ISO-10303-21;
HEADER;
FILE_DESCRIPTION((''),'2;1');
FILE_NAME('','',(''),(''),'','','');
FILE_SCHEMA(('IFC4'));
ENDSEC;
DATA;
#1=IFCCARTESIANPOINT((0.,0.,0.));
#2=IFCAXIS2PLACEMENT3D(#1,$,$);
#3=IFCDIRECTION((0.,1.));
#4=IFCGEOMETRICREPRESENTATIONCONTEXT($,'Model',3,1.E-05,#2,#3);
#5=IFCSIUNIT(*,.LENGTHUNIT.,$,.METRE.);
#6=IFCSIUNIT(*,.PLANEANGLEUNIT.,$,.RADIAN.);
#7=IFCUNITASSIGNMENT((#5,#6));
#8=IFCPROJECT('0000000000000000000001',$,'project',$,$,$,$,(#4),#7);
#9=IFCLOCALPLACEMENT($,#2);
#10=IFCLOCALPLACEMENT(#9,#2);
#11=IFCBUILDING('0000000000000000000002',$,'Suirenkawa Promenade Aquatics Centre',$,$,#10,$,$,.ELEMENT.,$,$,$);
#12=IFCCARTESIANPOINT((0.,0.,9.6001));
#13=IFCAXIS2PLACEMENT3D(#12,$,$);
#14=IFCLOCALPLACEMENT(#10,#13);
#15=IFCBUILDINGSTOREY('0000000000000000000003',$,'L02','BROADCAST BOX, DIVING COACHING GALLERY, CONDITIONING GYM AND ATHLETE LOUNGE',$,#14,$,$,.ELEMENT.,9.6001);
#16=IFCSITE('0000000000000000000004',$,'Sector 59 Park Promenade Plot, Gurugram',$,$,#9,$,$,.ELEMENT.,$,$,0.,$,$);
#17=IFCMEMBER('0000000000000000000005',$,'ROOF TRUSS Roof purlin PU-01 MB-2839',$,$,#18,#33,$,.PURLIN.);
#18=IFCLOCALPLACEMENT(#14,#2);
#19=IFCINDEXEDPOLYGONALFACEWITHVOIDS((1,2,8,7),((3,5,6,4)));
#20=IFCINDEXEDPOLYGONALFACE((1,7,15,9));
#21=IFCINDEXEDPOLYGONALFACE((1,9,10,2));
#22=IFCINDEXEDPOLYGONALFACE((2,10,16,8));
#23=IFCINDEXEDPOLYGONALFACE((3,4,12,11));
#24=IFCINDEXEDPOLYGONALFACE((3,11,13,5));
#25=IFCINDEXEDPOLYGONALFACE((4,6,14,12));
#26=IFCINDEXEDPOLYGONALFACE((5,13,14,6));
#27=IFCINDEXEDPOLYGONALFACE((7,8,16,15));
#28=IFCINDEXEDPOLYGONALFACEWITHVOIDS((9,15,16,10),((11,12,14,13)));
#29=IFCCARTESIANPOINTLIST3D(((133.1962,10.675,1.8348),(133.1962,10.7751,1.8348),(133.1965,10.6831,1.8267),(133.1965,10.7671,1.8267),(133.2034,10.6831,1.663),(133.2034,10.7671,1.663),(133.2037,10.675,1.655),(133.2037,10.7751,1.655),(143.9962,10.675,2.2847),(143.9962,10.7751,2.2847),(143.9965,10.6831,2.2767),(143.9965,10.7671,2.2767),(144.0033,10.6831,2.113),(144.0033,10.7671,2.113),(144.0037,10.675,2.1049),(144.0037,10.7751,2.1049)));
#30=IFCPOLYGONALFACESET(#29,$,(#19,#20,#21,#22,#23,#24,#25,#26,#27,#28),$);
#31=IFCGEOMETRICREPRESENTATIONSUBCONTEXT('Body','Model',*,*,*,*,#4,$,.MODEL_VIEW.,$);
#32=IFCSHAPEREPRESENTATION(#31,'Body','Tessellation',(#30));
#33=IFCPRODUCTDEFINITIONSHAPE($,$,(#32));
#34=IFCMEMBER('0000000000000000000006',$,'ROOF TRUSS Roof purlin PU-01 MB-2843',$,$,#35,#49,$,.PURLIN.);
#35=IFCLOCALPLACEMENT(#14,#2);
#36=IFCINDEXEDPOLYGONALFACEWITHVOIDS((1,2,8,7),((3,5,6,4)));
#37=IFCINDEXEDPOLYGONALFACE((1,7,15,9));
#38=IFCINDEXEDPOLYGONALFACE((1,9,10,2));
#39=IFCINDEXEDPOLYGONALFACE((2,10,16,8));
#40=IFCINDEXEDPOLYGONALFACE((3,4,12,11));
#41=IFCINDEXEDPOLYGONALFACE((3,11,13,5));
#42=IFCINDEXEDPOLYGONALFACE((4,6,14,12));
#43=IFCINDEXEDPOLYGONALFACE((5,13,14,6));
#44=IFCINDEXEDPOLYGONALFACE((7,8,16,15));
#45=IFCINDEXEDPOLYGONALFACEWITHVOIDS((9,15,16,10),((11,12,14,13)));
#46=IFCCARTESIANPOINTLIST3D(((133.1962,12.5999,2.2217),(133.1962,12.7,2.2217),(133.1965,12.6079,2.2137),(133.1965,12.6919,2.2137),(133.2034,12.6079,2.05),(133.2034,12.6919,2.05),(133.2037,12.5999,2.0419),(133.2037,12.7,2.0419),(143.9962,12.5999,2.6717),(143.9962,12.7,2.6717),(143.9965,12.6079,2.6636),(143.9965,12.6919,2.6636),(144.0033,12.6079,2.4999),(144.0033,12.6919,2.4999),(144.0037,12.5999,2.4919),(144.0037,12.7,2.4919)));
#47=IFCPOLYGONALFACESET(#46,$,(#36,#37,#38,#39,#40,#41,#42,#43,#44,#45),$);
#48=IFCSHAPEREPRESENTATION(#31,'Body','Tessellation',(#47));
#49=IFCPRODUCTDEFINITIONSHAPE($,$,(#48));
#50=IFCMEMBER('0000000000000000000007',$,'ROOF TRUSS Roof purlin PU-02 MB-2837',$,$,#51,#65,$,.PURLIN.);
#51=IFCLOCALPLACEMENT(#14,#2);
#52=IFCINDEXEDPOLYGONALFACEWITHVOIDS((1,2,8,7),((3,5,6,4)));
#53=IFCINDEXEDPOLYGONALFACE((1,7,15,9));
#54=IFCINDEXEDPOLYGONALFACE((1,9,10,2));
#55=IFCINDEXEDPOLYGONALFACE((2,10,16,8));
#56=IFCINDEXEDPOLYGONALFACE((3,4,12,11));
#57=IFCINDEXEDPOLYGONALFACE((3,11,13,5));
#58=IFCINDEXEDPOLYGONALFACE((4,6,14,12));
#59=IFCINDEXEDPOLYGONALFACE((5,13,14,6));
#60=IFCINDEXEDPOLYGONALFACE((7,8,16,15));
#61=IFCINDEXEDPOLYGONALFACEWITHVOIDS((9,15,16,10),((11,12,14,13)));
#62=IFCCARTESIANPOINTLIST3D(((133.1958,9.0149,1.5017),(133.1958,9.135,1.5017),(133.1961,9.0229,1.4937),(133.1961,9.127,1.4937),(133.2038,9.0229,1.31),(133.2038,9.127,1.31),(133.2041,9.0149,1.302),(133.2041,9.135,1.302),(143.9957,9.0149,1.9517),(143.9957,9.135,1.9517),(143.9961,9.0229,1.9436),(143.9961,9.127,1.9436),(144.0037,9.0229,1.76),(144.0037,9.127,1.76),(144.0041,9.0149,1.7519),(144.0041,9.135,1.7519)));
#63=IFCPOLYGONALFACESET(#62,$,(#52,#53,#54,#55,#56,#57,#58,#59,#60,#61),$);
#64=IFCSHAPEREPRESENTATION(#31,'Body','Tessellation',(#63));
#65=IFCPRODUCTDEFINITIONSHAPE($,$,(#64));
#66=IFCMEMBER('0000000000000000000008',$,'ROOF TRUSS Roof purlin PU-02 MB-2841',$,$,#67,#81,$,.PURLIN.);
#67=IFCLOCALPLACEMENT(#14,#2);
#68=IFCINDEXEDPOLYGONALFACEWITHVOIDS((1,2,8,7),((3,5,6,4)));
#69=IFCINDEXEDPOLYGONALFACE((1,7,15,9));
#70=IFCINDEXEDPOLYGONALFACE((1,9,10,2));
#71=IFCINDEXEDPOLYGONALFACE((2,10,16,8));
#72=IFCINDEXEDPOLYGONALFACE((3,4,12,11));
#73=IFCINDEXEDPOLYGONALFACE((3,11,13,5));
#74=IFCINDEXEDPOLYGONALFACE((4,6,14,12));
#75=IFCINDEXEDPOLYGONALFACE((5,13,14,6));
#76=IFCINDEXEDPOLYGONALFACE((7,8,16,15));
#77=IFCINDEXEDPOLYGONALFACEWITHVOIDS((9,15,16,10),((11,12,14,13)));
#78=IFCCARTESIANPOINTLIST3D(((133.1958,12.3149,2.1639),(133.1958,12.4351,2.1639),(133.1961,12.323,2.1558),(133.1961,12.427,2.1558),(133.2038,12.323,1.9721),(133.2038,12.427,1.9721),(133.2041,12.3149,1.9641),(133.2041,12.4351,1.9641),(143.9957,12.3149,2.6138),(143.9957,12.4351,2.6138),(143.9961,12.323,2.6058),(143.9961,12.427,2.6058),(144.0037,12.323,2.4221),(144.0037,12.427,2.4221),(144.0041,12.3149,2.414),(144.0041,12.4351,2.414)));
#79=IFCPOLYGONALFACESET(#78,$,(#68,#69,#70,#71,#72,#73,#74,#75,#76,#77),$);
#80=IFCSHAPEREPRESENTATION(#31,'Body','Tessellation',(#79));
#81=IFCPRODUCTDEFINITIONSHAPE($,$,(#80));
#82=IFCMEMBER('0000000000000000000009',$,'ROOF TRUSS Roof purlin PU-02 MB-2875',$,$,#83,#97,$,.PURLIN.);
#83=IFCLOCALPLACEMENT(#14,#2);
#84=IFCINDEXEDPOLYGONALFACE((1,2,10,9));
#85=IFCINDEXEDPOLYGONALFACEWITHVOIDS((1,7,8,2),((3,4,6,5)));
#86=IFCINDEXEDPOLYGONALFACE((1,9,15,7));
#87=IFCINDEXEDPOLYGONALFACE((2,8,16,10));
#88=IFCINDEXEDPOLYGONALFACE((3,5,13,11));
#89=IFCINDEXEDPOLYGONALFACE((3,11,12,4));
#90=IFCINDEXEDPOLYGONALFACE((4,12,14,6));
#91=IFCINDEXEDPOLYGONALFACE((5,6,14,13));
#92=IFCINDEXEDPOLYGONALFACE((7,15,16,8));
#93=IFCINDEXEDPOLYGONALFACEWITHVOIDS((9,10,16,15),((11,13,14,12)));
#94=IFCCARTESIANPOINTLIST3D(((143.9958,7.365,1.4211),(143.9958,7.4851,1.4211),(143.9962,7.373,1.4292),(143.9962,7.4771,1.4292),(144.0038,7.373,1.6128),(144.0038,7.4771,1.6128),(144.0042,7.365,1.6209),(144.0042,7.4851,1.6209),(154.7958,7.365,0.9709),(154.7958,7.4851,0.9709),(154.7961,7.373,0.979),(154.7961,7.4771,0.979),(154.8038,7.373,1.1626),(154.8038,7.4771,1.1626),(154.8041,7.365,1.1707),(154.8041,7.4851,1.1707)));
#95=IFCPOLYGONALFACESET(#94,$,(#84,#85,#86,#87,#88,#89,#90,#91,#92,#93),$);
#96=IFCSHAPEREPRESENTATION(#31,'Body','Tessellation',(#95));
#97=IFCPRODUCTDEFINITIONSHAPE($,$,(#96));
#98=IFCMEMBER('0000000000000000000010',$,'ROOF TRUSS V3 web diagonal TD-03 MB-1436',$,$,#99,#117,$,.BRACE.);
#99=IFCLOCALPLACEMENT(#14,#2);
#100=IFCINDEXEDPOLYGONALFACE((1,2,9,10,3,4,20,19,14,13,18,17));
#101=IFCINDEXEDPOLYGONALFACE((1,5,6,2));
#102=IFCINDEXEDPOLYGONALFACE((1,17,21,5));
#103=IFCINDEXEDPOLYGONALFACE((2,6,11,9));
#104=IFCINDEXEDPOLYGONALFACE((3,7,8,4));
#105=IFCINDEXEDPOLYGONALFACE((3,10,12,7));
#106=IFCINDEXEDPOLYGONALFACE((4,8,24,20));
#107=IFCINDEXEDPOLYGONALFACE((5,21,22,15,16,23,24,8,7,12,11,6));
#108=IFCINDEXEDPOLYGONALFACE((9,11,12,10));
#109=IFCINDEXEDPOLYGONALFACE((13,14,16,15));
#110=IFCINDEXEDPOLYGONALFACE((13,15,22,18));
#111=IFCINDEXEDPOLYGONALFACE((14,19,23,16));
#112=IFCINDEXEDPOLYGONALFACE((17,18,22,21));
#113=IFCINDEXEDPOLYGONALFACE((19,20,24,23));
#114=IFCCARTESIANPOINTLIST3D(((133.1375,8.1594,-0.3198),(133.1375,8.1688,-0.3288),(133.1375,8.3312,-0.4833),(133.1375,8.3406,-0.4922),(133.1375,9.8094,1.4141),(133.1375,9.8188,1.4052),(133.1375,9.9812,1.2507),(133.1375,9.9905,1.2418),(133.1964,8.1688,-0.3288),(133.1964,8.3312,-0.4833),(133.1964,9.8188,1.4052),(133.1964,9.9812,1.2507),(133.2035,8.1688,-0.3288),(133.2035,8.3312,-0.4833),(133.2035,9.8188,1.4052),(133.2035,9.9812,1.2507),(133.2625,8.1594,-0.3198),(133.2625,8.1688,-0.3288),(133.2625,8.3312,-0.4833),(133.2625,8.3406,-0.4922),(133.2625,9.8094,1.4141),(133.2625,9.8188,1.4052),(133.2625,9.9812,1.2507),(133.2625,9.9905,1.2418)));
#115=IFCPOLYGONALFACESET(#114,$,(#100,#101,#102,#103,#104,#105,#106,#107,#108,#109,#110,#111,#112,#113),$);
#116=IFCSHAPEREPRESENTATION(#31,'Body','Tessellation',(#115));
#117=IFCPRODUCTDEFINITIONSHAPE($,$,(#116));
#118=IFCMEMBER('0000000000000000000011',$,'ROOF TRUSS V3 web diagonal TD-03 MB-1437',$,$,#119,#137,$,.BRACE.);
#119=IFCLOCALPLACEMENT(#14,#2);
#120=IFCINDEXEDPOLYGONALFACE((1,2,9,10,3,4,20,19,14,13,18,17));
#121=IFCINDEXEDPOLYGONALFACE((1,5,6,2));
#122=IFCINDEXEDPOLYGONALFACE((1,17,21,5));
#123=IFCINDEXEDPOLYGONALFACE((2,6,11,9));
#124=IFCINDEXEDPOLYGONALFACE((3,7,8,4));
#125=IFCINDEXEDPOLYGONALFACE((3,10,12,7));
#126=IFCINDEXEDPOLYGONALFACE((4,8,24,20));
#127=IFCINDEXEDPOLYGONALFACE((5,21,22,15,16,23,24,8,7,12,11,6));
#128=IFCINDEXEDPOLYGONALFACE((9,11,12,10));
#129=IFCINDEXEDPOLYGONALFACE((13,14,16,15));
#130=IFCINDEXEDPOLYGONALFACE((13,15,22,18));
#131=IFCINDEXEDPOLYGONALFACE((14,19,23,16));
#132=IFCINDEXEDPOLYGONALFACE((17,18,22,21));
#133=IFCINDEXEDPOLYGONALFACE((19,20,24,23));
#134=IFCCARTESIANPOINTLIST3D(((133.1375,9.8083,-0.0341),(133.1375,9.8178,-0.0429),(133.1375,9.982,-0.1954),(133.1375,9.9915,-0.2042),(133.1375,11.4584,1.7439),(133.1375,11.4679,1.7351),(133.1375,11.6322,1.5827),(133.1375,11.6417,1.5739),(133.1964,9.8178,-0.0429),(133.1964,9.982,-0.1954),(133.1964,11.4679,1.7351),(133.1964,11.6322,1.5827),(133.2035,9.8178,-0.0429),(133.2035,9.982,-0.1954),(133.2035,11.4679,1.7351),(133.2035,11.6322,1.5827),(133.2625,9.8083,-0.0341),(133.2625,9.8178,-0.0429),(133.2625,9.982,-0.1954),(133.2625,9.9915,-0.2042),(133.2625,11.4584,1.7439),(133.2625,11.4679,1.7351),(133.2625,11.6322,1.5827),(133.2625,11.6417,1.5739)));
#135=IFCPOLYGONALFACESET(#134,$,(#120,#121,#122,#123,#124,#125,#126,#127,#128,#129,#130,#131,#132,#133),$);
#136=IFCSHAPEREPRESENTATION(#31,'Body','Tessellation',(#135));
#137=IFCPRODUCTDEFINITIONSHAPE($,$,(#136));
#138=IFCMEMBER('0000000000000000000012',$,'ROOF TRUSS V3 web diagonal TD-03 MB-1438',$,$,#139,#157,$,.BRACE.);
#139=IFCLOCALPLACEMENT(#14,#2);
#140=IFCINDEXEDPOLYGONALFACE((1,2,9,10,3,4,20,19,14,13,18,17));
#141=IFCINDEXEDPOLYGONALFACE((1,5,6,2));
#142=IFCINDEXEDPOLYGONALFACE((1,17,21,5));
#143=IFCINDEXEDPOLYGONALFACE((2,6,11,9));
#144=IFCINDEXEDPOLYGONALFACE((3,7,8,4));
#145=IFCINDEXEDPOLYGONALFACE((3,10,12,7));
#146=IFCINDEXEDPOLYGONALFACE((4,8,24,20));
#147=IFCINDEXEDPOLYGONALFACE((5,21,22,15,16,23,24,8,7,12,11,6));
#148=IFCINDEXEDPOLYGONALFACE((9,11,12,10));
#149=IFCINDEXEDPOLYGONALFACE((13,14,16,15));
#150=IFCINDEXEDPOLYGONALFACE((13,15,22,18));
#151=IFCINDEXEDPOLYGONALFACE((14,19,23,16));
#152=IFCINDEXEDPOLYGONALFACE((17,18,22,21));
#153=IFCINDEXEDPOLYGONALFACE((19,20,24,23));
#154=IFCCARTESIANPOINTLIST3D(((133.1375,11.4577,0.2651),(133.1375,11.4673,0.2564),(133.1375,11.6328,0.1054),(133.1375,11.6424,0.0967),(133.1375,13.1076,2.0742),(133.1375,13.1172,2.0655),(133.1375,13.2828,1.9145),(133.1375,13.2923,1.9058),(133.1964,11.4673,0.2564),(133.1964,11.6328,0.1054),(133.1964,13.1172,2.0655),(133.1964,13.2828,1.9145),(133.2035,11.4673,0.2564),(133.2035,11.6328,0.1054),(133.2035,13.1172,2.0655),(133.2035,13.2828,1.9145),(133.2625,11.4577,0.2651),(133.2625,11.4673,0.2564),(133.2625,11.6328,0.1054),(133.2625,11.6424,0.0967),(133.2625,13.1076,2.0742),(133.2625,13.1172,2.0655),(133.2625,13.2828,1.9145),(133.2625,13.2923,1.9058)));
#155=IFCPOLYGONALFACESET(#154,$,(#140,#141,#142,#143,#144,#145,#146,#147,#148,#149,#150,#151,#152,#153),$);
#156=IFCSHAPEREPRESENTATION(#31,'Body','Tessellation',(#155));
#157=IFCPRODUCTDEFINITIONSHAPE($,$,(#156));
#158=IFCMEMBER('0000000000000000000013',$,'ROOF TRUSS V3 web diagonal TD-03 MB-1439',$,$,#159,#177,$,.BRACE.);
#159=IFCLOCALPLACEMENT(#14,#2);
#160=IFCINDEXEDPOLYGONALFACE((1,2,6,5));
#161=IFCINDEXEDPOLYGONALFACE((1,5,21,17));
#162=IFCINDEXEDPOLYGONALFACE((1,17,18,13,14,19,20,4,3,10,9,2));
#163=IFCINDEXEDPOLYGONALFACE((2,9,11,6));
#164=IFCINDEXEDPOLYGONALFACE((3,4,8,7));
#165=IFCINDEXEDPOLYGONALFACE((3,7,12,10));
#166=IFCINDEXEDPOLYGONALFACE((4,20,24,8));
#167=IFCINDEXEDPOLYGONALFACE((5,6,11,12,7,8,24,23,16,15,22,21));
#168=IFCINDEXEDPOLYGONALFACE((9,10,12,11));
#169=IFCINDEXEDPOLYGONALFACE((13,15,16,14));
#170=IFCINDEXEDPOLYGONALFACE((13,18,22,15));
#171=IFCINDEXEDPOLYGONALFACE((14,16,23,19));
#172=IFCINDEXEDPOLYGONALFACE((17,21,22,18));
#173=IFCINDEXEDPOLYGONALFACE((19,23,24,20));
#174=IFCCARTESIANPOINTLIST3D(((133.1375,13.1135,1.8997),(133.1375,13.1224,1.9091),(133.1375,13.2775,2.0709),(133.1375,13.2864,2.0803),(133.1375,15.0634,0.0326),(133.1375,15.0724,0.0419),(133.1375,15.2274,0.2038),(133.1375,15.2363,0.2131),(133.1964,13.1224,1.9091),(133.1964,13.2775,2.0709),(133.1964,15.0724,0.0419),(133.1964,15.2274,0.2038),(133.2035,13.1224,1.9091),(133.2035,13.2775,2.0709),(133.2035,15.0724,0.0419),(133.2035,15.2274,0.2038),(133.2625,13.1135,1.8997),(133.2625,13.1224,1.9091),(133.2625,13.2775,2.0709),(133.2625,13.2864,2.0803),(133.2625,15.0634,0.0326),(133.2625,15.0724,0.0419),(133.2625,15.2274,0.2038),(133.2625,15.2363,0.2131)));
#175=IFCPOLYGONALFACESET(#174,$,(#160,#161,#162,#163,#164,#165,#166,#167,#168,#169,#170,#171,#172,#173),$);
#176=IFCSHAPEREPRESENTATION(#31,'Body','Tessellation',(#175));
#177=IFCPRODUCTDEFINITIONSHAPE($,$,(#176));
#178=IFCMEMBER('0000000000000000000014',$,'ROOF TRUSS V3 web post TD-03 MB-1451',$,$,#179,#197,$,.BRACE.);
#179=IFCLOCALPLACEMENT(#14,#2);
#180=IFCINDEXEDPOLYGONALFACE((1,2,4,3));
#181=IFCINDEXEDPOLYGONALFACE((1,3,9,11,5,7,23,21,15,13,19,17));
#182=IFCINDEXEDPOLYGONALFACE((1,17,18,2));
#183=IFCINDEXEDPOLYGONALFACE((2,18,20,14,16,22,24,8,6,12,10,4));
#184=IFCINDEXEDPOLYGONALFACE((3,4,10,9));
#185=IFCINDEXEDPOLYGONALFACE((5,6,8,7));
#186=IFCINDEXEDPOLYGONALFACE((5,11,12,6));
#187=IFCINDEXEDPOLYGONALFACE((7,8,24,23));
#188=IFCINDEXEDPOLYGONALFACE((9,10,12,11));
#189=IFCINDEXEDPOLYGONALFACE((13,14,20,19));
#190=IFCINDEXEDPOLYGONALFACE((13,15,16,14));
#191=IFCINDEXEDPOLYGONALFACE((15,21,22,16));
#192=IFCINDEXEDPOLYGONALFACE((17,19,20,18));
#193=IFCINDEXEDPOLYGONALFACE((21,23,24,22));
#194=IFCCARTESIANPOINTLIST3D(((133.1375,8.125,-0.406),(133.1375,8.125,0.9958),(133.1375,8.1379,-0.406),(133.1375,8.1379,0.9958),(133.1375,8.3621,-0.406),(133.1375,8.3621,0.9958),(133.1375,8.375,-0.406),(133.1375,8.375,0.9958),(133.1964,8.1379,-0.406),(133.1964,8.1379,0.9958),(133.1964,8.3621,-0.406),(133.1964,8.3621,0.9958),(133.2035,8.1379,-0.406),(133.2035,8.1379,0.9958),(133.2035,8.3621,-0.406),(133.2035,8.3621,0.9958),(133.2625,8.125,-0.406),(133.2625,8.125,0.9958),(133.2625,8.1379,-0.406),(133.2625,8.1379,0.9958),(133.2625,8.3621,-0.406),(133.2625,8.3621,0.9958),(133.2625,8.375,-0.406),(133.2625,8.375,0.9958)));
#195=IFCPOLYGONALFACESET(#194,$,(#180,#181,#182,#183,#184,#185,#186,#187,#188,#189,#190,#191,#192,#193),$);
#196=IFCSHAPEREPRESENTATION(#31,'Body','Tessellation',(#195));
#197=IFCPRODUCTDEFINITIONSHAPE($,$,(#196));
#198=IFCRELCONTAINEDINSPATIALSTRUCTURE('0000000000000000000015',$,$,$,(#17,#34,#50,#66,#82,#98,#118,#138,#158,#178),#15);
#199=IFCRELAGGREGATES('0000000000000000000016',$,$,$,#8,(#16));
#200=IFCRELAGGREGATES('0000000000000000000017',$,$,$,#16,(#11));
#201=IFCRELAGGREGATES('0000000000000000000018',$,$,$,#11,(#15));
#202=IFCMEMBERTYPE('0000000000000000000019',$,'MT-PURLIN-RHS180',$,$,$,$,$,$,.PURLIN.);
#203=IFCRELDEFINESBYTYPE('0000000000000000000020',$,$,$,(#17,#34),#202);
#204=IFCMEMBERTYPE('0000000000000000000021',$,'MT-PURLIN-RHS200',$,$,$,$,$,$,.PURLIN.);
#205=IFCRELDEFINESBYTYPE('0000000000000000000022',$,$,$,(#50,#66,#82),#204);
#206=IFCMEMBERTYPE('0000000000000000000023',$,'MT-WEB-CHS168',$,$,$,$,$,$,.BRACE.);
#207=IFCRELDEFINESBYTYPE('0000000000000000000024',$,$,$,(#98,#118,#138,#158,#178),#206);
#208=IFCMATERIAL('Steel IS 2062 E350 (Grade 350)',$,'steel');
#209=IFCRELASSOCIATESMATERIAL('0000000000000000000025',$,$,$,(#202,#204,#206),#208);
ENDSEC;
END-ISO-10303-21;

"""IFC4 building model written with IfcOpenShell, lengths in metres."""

from ifc_helpers import new_model, si_unit, direction, frame, origin, origin_2d, place, context, subcontext, project, spatial, hollow_rectangle, i_section, extrude, material, material_profile, profile_set, type_object, element, save


model = new_model("IFC4")

# Units and contexts
model_context = context("Model", 3, precision=1e-05, world=origin(), true_north=direction((0.0, 1.0)))
body_context = subcontext(model_context, "Body", "Model", "MODEL_VIEW")
ifc_project = project(units=[si_unit("LENGTHUNIT", "METRE"), si_unit("PLANEANGLEUNIT", "RADIAN")], contexts=[model_context])

# Site, building, storey
site_placement = place(None, origin())
site = spatial("IfcSite", under=ifc_project, at=site_placement, Name="Sector 59 Park Promenade Plot, Gurugram", CompositionType="ELEMENT", RefElevation=0.0)
building_placement = place(site_placement, origin())
building = spatial("IfcBuilding", under=site, at=building_placement, Name="Suirenkawa Promenade Aquatics Centre", CompositionType="ELEMENT")
storey_placement = place(building_placement, frame((0.0, 0.0, 9.6001)))
storey = spatial("IfcBuildingStorey", under=building, at=storey_placement, Name="L02", Description="BROADCAST BOX, DIVING COACHING GALLERY, CONDITIONING GYM AND ATHLETE LOUNGE", CompositionType="ELEMENT", Elevation=9.6001)

# Shared definitions
ifc_material = material(Name="Steel IS 2062 E350 (Grade 350)", Category="steel")

# Members
ifc_material_profile_1 = material_profile(ifc_material, hollow_rectangle(XDim=0.1001, YDim=0.1799, WallThickness=0.0081, at=origin_2d()), Name="RHS 180x100x8", Category="steel")
ifc_profile_set_1 = profile_set([ifc_material_profile_1], Name="Steel IS 2062 E350 (Grade 350)")
member_type_1 = type_object("IfcMemberType", Name="MT-PURLIN-RHS180", PredefinedType="PURLIN", material=ifc_profile_set_1)
for number, where, z_axis, x_axis, name in (
    (1, (133.2, 10.7251, 1.7449), (0.999133, 0.0, 0.041626), (0.0, 1.0, 0.0), "ROOF TRUSS Roof purlin PU-01 MB-2839"),
    (2, (133.2, 12.6499, 2.1318), (0.999133, 0.0, 0.041626), (0.0, 1.0, 0.0), "ROOF TRUSS Roof purlin PU-01 MB-2843"),
):
    element("IfcMember", number, at=place(storey_placement, frame(where, z_axis=z_axis, x_axis=x_axis)), inside=storey, type_object=member_type_1, Name=name, PredefinedType="PURLIN", context=body_context, shape_type="SweptSolid", body=[
        extrude(hollow_rectangle(XDim=0.1001, YDim=0.1799, WallThickness=0.0081, at=origin_2d()), origin(), (0.0, 0.0, 1.0), 10.8093),
    ])
ifc_material_profile_2 = material_profile(ifc_material, hollow_rectangle(XDim=0.1201, YDim=0.2, WallThickness=0.0081, at=origin_2d()), Name="RHS 200x120x8", Category="steel")
ifc_profile_set_2 = profile_set([ifc_material_profile_2], Name="Steel IS 2062 E350 (Grade 350)")
member_type_2 = type_object("IfcMemberType", Name="MT-PURLIN-RHS200", PredefinedType="PURLIN", material=ifc_profile_set_2)
for number, where, z_axis, x_axis, name in (
    (3, (133.2, 9.075, 1.4019), (0.999133, 0.0, 0.041626), (0.0, 1.0, 0.0), "ROOF TRUSS Roof purlin PU-02 MB-2837"),
    (4, (133.2, 12.375, 2.064), (0.999133, 0.0, 0.041626), (0.0, 1.0, 0.0), "ROOF TRUSS Roof purlin PU-02 MB-2841"),
    (5, (144.0, 7.425, 1.521), (0.999132, 0.0, -0.041648), (0.0, 1.0, 0.0), "ROOF TRUSS Roof purlin PU-02 MB-2875"),
):
    element("IfcMember", number, at=place(storey_placement, frame(where, z_axis=z_axis, x_axis=x_axis)), inside=storey, type_object=member_type_2, Name=name, PredefinedType="PURLIN", context=body_context, shape_type="SweptSolid", body=[
        extrude(hollow_rectangle(XDim=0.1201, YDim=0.2, WallThickness=0.0081, at=origin_2d()), origin(), (0.0, 0.0, 1.0), 10.8093),
    ])
ifc_material_profile_3 = material_profile(ifc_material, i_section(OverallWidth=0.125, OverallDepth=0.25, WebThickness=0.0071, FlangeThickness=0.0129, at=origin_2d()), Name="ISMB 250", Category="steel")
ifc_profile_set_3 = profile_set([ifc_material_profile_3], Name="Steel IS 2062 E350 (Grade 350)")
member_type_3 = type_object("IfcMemberType", Name="MT-WEB-CHS168", PredefinedType="BRACE", material=ifc_profile_set_3)
member_1_placement = place(storey_placement, frame((133.2, 8.25, -0.406), z_axis=(0.0, 0.689344, 0.724434), x_axis=(-1.0, 0.0, 0.0)))
element("IfcMember", 6, at=member_1_placement, inside=storey, type_object=member_type_3, Name="ROOF TRUSS V3 web diagonal TD-03 MB-1436", PredefinedType="BRACE", context=body_context, shape_type="SweptSolid", body=[
    extrude(i_section(OverallWidth=0.125, OverallDepth=0.25, WebThickness=0.0071, FlangeThickness=0.0129, at=origin_2d()), origin(), (0.0, 0.0, 1.0), 2.3936),
])
member_2_placement = place(storey_placement, frame((133.2, 9.8999, -0.1191), z_axis=(0.0, 0.680246, 0.732983), x_axis=(-1.0, 0.0, 0.0)))
element("IfcMember", 7, at=member_2_placement, inside=storey, type_object=member_type_3, Name="ROOF TRUSS V3 web diagonal TD-03 MB-1437", PredefinedType="BRACE", context=body_context, shape_type="SweptSolid", body=[
    extrude(i_section(OverallWidth=0.125, OverallDepth=0.25, WebThickness=0.0071, FlangeThickness=0.0129, at=origin_2d()), origin(), (0.0, 0.0, 1.0), 2.4258),
])
member_3_placement = place(storey_placement, frame((133.2, 11.55, 0.1809), z_axis=(0.0, 0.673853, 0.738865), x_axis=(-1.0, 0.0, 0.0)))
element("IfcMember", 8, at=member_3_placement, inside=storey, type_object=member_type_3, Name="ROOF TRUSS V3 web diagonal TD-03 MB-1438", PredefinedType="BRACE", context=body_context, shape_type="SweptSolid", body=[
    extrude(i_section(OverallWidth=0.125, OverallDepth=0.25, WebThickness=0.0071, FlangeThickness=0.0129, at=origin_2d()), origin(), (0.0, 0.0, 1.0), 2.4485),
])
member_4_placement = place(storey_placement, frame((133.2, 13.2, 1.99), z_axis=(0.0, 0.722269, -0.691613), x_axis=(-1.0, 0.0, 0.0)))
element("IfcMember", 9, at=member_4_placement, inside=storey, type_object=member_type_3, Name="ROOF TRUSS V3 web diagonal TD-03 MB-1439", PredefinedType="BRACE", context=body_context, shape_type="SweptSolid", body=[
    extrude(i_section(OverallWidth=0.125, OverallDepth=0.25, WebThickness=0.0071, FlangeThickness=0.0129, at=origin_2d()), origin(), (0.0, 0.0, 1.0), 2.6997),
])
member_5_placement = place(storey_placement, frame((133.2, 8.25, -0.406), z_axis=(0.0, 0.0, 1.0), x_axis=(1.0, 0.0, 0.0)))
element("IfcMember", 10, at=member_5_placement, inside=storey, type_object=member_type_3, Name="ROOF TRUSS V3 web post TD-03 MB-1451", PredefinedType="BRACE", context=body_context, shape_type="SweptSolid", body=[
    extrude(i_section(OverallWidth=0.125, OverallDepth=0.25, WebThickness=0.0071, FlangeThickness=0.0129, at=origin_2d()), origin(), (0.0, 0.0, 1.0), 1.4019),
])

save(model, "model.ifc")
